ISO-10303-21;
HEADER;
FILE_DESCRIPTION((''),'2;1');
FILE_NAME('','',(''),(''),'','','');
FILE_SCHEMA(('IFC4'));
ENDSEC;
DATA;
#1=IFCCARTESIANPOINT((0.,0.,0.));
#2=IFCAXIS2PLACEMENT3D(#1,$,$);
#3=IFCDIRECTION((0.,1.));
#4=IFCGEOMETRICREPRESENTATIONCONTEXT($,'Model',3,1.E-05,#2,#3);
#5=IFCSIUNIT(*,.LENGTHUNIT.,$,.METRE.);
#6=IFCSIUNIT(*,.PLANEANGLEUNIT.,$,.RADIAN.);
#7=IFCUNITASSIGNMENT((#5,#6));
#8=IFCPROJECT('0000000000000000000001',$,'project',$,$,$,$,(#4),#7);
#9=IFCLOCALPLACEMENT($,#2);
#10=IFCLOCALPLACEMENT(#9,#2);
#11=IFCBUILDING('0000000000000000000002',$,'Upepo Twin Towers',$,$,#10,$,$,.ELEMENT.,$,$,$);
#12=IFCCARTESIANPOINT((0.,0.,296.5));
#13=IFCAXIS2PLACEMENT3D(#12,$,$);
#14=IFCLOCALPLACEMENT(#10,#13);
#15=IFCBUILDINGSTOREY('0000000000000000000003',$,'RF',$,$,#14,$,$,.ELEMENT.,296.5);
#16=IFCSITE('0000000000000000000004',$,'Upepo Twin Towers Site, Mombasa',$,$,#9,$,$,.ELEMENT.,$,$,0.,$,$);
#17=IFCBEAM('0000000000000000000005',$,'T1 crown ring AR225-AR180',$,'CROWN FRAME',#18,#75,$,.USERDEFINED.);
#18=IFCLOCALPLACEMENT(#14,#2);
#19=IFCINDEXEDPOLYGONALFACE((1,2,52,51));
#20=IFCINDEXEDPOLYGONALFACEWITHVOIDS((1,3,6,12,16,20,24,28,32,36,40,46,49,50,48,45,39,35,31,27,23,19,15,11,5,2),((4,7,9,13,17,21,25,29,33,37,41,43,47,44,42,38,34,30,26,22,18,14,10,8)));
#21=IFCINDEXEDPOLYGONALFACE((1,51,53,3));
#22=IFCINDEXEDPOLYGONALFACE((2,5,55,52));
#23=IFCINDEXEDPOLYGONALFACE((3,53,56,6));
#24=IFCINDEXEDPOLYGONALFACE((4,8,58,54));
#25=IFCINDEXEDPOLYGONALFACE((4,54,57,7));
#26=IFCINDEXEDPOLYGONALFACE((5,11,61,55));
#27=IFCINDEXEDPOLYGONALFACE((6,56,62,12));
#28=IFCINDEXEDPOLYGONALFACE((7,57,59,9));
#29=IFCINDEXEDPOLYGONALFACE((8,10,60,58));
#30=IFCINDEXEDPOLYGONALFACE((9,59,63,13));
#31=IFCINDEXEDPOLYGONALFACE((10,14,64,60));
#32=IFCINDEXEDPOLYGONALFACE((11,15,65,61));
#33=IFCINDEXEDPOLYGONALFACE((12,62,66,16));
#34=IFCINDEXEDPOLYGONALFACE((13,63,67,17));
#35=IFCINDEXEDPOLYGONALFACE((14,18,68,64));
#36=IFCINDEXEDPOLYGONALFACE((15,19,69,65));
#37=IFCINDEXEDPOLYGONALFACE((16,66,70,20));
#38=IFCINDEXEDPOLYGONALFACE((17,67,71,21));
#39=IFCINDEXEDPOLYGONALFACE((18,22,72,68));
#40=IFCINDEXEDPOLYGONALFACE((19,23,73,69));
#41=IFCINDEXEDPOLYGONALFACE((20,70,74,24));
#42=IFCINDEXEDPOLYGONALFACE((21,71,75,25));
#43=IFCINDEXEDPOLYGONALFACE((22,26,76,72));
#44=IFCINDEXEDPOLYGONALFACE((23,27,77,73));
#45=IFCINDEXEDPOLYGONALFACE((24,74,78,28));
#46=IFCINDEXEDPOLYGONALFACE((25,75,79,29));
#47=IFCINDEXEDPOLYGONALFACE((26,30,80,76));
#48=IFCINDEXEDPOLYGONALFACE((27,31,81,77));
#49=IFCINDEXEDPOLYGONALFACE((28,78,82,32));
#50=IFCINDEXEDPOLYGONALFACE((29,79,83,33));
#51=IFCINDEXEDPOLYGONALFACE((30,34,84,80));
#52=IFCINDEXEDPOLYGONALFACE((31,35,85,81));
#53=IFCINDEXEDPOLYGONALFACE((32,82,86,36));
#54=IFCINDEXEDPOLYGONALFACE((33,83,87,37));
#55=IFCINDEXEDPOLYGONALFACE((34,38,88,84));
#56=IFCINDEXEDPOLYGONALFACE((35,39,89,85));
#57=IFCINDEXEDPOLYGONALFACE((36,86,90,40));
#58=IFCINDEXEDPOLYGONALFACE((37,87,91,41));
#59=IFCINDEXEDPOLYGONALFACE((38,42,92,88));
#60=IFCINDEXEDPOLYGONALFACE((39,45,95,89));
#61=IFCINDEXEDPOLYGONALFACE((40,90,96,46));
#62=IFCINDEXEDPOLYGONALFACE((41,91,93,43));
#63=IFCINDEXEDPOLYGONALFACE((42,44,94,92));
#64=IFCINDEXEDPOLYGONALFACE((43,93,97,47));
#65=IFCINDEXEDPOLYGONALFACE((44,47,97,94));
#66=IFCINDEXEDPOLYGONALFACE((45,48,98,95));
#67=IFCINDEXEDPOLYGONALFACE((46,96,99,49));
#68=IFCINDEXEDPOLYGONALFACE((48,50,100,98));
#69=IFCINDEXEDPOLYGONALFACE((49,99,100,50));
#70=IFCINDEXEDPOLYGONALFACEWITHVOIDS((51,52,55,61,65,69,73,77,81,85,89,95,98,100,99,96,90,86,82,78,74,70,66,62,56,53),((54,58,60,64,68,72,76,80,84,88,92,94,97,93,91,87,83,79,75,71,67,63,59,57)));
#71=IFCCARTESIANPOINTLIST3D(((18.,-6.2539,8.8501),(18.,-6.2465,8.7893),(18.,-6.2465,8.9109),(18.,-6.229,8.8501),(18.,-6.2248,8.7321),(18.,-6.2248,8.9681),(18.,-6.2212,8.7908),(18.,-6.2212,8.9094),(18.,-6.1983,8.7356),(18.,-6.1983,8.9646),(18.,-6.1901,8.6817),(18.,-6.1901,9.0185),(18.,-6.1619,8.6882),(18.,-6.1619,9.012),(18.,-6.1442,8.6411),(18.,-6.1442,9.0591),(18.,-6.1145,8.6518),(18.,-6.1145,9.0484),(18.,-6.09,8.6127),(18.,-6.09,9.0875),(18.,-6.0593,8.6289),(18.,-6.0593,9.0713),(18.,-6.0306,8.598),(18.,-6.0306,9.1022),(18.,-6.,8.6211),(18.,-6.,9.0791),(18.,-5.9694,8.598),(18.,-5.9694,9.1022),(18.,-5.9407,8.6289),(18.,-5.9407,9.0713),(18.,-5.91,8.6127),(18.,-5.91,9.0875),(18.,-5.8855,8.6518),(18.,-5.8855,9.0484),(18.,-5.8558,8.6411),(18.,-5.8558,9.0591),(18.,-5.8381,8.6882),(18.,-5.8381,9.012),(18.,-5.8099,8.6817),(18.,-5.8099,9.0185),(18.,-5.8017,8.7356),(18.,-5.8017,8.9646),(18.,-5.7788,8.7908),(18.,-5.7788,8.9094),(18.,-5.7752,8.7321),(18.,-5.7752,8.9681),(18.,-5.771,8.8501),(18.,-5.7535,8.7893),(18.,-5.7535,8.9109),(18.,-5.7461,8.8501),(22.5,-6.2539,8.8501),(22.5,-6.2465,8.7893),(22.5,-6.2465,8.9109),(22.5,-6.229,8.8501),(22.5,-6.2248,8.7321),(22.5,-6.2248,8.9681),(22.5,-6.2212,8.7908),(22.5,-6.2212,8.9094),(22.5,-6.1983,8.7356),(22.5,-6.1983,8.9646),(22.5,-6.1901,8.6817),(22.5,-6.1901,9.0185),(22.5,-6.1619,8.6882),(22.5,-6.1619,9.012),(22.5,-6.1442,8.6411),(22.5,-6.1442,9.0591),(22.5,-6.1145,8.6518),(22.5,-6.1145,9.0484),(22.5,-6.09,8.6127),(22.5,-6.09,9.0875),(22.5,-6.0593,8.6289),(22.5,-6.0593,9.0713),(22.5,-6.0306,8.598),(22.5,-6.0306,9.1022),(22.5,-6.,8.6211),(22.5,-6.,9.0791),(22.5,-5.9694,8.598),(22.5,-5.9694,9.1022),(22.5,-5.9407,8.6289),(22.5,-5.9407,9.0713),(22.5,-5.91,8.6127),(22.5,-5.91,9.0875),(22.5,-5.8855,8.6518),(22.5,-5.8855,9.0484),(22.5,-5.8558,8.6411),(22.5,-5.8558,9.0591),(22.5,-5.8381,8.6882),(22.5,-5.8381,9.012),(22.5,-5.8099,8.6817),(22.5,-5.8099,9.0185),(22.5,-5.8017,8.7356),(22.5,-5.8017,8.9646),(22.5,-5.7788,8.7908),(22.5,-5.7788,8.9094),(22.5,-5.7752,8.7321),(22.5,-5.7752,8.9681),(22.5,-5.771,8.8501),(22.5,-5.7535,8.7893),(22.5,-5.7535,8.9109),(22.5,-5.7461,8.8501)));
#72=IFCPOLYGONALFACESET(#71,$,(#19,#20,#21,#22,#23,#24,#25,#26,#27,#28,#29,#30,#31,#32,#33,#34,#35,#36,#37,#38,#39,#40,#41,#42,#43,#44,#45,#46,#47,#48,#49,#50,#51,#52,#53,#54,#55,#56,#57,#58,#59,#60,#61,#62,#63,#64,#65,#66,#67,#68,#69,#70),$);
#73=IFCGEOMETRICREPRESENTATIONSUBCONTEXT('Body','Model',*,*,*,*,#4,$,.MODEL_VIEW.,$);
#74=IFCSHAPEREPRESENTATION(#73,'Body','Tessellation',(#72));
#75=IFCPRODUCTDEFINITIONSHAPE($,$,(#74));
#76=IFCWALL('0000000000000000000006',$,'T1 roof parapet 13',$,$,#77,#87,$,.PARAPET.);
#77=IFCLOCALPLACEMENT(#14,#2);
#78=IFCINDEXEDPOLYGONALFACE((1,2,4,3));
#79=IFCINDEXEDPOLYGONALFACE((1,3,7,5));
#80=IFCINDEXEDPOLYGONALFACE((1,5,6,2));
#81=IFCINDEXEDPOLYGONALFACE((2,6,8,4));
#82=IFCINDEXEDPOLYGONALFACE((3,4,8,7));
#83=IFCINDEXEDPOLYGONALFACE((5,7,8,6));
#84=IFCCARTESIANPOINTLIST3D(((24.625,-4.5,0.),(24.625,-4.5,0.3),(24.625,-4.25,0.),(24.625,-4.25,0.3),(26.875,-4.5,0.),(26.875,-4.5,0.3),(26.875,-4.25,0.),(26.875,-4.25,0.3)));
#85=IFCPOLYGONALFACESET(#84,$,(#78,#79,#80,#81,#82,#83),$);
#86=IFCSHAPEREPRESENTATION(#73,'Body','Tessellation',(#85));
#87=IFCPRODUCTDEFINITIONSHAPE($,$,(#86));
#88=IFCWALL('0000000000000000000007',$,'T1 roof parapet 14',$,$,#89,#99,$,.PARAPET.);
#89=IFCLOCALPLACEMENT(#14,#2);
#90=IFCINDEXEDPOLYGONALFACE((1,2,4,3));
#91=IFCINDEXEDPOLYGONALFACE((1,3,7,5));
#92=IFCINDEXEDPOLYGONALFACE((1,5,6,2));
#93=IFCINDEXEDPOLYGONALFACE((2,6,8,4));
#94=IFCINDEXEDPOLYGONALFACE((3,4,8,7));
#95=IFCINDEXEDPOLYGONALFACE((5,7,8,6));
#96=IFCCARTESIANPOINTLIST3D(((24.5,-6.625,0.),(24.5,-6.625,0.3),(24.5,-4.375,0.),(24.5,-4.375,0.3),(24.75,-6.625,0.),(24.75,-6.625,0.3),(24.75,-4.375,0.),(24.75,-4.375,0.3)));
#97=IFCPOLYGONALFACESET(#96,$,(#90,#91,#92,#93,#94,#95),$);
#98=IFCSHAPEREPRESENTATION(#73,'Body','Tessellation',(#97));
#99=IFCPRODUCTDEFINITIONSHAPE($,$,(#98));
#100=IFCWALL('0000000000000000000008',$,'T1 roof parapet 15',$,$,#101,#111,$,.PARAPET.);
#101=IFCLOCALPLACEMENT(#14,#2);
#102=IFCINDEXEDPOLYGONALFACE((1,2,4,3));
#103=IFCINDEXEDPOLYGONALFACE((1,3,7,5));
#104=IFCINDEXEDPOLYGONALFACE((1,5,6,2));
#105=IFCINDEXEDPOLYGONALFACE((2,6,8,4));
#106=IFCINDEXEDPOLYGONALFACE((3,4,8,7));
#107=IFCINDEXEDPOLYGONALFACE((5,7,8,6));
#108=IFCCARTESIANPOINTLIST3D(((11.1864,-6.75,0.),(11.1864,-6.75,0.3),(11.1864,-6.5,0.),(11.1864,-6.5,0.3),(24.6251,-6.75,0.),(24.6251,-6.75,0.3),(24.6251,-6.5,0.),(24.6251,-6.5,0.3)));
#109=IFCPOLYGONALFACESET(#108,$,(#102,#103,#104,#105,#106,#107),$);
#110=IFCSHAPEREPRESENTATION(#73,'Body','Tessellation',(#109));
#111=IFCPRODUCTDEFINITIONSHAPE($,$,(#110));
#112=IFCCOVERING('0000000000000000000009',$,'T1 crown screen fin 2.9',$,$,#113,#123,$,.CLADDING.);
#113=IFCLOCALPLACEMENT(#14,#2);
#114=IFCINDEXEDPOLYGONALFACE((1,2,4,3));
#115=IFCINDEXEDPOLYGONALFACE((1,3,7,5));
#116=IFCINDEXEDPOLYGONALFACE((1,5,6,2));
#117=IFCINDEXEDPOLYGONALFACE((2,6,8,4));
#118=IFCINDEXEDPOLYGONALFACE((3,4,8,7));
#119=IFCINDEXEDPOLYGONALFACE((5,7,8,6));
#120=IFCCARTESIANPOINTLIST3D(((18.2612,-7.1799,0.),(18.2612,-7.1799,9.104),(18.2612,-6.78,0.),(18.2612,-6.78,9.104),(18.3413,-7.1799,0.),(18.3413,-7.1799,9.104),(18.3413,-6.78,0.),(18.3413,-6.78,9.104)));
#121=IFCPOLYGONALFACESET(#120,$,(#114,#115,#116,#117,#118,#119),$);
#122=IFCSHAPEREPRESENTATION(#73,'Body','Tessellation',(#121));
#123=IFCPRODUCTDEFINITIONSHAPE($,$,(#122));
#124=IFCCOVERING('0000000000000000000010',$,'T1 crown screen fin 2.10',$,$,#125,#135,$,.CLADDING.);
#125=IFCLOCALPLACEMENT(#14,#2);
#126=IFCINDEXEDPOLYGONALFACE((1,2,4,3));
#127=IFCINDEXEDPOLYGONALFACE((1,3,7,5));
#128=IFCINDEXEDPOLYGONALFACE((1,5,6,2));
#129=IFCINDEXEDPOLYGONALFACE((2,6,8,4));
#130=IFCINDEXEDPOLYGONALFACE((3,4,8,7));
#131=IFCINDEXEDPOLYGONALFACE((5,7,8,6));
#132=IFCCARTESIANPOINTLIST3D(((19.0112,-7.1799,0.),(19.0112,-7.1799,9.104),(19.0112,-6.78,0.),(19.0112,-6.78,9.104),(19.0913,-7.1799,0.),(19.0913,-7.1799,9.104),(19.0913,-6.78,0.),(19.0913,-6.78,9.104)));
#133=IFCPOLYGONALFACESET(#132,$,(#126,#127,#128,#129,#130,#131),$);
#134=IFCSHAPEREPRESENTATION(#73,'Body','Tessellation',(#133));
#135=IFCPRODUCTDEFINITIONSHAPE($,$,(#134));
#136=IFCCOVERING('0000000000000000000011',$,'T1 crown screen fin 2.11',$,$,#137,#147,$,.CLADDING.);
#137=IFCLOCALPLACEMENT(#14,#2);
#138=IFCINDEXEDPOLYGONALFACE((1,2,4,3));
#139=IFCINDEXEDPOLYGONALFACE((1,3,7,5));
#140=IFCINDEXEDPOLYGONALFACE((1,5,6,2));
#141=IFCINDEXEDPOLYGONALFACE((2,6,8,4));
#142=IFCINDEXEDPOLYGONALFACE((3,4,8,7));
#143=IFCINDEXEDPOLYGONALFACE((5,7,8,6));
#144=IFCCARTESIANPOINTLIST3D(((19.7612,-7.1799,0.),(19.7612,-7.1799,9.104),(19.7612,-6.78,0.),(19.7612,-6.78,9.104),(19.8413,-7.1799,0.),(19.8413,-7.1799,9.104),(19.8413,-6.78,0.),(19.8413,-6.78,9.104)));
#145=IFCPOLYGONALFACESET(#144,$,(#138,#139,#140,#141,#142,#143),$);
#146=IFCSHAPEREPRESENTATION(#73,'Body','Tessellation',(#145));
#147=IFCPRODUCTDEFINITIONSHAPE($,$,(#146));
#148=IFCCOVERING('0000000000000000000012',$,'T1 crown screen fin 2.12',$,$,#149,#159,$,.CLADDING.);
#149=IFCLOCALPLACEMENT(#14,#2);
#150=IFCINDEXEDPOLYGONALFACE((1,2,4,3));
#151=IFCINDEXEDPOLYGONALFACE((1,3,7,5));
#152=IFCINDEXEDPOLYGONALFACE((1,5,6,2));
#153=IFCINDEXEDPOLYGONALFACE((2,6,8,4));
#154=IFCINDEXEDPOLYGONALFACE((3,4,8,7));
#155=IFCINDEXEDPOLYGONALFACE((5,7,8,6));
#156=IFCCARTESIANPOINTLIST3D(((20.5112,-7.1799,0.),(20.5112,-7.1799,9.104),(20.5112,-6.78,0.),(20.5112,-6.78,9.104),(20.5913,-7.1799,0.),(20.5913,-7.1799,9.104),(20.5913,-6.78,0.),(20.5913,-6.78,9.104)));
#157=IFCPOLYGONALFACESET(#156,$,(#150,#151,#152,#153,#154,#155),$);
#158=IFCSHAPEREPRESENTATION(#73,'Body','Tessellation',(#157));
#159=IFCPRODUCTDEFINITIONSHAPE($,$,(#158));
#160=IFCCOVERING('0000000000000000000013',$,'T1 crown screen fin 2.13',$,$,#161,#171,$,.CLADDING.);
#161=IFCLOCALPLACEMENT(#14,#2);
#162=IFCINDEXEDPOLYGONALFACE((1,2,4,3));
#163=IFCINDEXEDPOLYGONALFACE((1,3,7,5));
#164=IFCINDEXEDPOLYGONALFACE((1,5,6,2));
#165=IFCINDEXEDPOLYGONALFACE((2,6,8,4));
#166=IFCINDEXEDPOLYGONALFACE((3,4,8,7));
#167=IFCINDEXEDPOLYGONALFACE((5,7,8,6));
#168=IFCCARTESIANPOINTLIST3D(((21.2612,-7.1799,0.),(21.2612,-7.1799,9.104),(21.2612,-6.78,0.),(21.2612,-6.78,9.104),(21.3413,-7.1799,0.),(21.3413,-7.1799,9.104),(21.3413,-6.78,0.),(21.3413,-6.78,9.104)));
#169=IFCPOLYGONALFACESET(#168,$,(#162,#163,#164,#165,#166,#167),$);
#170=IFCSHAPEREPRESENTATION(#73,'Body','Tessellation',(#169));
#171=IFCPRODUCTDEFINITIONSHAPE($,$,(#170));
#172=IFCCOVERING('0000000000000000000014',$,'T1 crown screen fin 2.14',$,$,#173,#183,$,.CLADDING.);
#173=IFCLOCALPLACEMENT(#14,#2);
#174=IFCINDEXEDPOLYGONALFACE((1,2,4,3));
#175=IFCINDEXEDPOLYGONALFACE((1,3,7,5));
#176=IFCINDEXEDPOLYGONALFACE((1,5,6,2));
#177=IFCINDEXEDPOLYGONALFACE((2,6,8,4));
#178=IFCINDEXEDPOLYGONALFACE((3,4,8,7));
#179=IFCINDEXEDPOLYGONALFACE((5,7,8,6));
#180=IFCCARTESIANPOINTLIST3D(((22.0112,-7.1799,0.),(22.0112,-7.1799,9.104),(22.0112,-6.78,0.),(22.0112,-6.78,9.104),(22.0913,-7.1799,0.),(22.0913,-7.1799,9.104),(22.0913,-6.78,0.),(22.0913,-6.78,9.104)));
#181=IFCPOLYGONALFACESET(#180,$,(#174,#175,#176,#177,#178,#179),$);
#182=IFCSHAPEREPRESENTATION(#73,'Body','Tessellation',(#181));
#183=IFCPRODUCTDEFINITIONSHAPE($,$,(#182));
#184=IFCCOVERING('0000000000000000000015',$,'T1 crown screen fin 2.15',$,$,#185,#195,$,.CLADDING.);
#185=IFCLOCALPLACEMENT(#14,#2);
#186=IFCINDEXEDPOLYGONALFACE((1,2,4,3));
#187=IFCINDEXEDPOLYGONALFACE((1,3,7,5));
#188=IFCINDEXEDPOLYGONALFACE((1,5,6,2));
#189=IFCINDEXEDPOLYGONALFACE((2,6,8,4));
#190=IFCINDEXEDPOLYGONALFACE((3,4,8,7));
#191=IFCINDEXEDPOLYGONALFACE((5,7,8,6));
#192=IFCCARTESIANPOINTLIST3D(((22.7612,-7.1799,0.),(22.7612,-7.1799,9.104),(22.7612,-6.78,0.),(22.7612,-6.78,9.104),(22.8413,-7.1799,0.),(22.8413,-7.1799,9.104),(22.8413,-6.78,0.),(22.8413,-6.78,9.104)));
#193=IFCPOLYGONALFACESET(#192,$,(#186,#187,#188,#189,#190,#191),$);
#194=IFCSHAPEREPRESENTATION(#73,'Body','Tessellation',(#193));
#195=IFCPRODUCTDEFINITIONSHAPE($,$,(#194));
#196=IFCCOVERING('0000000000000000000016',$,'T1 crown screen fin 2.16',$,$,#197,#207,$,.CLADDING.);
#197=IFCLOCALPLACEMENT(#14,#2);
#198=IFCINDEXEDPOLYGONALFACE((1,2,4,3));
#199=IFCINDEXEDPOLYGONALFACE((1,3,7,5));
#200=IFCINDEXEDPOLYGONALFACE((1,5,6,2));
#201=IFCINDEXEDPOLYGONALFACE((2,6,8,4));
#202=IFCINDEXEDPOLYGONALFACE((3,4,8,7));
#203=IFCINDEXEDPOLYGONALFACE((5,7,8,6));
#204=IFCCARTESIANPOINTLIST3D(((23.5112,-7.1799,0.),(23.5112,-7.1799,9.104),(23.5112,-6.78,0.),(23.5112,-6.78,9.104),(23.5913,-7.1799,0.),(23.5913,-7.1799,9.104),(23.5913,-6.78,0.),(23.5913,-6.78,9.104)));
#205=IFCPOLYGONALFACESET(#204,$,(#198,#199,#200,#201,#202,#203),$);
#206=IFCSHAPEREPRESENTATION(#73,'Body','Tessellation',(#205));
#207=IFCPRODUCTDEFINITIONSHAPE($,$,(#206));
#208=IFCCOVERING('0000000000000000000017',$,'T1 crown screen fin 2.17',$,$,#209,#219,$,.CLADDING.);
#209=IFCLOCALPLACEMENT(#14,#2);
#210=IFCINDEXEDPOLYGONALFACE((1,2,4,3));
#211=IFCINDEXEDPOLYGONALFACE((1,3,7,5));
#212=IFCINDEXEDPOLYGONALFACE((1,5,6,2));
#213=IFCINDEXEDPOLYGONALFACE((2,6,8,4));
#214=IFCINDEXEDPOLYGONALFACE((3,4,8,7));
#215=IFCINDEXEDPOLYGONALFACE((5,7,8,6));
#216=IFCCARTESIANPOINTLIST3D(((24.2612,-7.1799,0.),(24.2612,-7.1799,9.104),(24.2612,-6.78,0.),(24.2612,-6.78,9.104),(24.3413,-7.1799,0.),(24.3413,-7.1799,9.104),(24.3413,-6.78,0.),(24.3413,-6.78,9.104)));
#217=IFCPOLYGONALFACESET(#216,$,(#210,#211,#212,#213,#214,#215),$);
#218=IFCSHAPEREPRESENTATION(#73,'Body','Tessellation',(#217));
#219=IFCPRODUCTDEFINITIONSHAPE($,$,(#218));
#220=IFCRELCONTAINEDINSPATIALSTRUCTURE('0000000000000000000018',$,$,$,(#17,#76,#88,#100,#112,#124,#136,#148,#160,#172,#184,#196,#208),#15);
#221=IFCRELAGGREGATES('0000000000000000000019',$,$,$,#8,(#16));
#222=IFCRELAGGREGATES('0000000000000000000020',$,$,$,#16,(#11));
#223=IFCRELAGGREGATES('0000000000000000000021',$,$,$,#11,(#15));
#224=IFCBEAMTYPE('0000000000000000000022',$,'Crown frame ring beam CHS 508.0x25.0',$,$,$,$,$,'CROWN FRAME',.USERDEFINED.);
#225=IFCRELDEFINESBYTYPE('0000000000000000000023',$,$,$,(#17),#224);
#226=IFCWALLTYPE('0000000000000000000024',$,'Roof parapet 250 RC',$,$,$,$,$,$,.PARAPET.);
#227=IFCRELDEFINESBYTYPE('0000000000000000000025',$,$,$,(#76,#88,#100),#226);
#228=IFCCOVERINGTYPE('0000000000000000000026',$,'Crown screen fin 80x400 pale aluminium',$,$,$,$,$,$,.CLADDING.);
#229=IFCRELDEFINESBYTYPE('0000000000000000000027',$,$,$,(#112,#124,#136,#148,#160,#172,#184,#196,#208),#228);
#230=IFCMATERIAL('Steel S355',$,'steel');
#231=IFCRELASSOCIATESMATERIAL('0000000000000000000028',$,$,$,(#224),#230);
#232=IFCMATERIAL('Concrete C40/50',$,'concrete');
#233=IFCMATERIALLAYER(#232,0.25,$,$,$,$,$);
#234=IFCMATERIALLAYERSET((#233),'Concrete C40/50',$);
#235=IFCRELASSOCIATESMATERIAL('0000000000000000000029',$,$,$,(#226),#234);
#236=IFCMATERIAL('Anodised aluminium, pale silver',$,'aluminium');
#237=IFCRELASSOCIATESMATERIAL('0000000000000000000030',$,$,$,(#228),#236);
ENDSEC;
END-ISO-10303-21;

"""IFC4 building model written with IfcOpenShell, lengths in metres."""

from ifc_helpers import new_model, si_unit, direction, frame, frame_2d, origin, origin_2d, place, context, subcontext, project, spatial, rectangle, hollow_circle, extrude, material, layer, layer_set, material_profile, profile_set, type_object, element, save


model = new_model("IFC4")

# Units and contexts
model_context = context("Model", 3, precision=1e-05, world=origin(), true_north=direction((0.0, 1.0)))
body_context = subcontext(model_context, "Body", "Model", "MODEL_VIEW")
ifc_project = project(units=[si_unit("LENGTHUNIT", "METRE"), si_unit("PLANEANGLEUNIT", "RADIAN")], contexts=[model_context])

# Site, building, storey
site_placement = place(None, origin())
site = spatial("IfcSite", under=ifc_project, at=site_placement, Name="Upepo Twin Towers Site, Mombasa", CompositionType="ELEMENT", RefElevation=0.0)
building_placement = place(site_placement, origin())
building = spatial("IfcBuilding", under=site, at=building_placement, Name="Upepo Twin Towers", CompositionType="ELEMENT")
storey_placement = place(building_placement, frame((0.0, 0.0, 296.5)))
storey = spatial("IfcBuildingStorey", under=building, at=storey_placement, Name="RF", CompositionType="ELEMENT", Elevation=296.5)

# Beam
ifc_material_1 = material(Name="Steel S355", Category="steel")
ifc_material_profile_1 = material_profile(ifc_material_1, hollow_circle(Radius=0.2539, WallThickness=0.0249, at=origin_2d()), Name="CHS 508.0x25.0")
ifc_profile_set_1 = profile_set([ifc_material_profile_1], Name="Steel S355")
beam_type = type_object("IfcBeamType", Name="Crown frame ring beam CHS 508.0x25.0", ElementType="CROWN FRAME", PredefinedType="USERDEFINED", material=ifc_profile_set_1)
beam_placement = place(storey_placement, frame((22.5, -6.0, 8.8501), z_axis=(-1.0, 0.0, 0.0), x_axis=(0.0, -1.0, 0.0)))
element("IfcBeam", 1, at=beam_placement, inside=storey, type_object=beam_type, Name="T1 crown ring AR225-AR180", ObjectType="CROWN FRAME", PredefinedType="USERDEFINED", context=body_context, shape_type="SweptSolid", body=[
    extrude(hollow_circle(Radius=0.2539, WallThickness=0.0249, at=origin_2d()), origin(), (0.0, 0.0, 1.0), 4.5),
])

# Walls
ifc_material_2 = material(Name="Concrete C40/50", Category="concrete")
ifc_layer_1 = layer(ifc_material_2, 0.25)
ifc_layer_set_1 = layer_set([ifc_layer_1], Name="Concrete C40/50")
wall_type = type_object("IfcWallType", Name="Roof parapet 250 RC", PredefinedType="PARAPET", material=ifc_layer_set_1)
for number, where, z_axis, x_axis, name in (
    (2, (26.875, -4.375, 0.0), (0.0, 0.0, 1.0), (-1.0, 0.0, 0.0), "T1 roof parapet 13"),
    (3, (24.625, -4.375, 0.0), (0.0, 0.0, 1.0), (0.0, -1.0, 0.0), "T1 roof parapet 14"),
):
    element("IfcWall", number, at=place(storey_placement, frame(where, z_axis=z_axis, x_axis=x_axis)), inside=storey, type_object=wall_type, Name=name, PredefinedType="PARAPET", context=body_context, shape_type="SweptSolid", body=[
        extrude(rectangle(XDim=2.25, YDim=0.25, at=frame_2d((1.125, 0.0))), origin(), (0.0, 0.0, 1.0), 0.3),
    ])
wall_placement = place(storey_placement, frame((24.625, -6.625, 0.0), z_axis=(0.0, 0.0, 1.0), x_axis=(-1.0, 0.0, 0.0)))
element("IfcWall", 4, at=wall_placement, inside=storey, type_object=wall_type, Name="T1 roof parapet 15", PredefinedType="PARAPET", context=body_context, shape_type="SweptSolid", body=[
    extrude(rectangle(XDim=13.4387, YDim=0.25, at=frame_2d((6.7192, 0.0))), origin(), (0.0, 0.0, 1.0), 0.3),
])

# Coverings
ifc_material_3 = material(Name="Anodised aluminium, pale silver", Category="aluminium")
covering_type_1 = type_object("IfcCoveringType", Name="Crown screen fin 80x400 pale aluminium", PredefinedType="CLADDING", material=ifc_material_3)
for number, where, z_axis, x_axis, name in (
    (5, (18.3013, -6.98, 0.0), (0.0, 0.0, 1.0), (1.0, 0.0, 0.0), "T1 crown screen fin 2.9"),
    (6, (19.0513, -6.98, 0.0), (0.0, 0.0, 1.0), (1.0, 0.0, 0.0), "T1 crown screen fin 2.10"),
    (7, (19.8013, -6.98, 0.0), (0.0, 0.0, 1.0), (1.0, 0.0, 0.0), "T1 crown screen fin 2.11"),
    (8, (20.5513, -6.98, 0.0), (0.0, 0.0, 1.0), (1.0, 0.0, 0.0), "T1 crown screen fin 2.12"),
    (9, (21.3013, -6.98, 0.0), (0.0, 0.0, 1.0), (1.0, 0.0, 0.0), "T1 crown screen fin 2.13"),
    (10, (22.0513, -6.98, 0.0), (0.0, 0.0, 1.0), (1.0, 0.0, 0.0), "T1 crown screen fin 2.14"),
    (11, (22.8013, -6.98, 0.0), (0.0, 0.0, 1.0), (1.0, 0.0, 0.0), "T1 crown screen fin 2.15"),
    (12, (23.5513, -6.98, 0.0), (0.0, 0.0, 1.0), (1.0, 0.0, 0.0), "T1 crown screen fin 2.16"),
    (13, (24.3013, -6.98, 0.0), (0.0, 0.0, 1.0), (1.0, 0.0, 0.0), "T1 crown screen fin 2.17"),
):
    element("IfcCovering", number, at=place(storey_placement, frame(where, z_axis=z_axis, x_axis=x_axis)), inside=storey, type_object=covering_type_1, Name=name, PredefinedType="CLADDING", context=body_context, shape_type="SweptSolid", body=[
        extrude(rectangle(XDim=0.0801, YDim=0.3999, at=origin_2d()), origin(), (0.0, 0.0, 1.0), 9.104),
    ])

save(model, "model.ifc")
